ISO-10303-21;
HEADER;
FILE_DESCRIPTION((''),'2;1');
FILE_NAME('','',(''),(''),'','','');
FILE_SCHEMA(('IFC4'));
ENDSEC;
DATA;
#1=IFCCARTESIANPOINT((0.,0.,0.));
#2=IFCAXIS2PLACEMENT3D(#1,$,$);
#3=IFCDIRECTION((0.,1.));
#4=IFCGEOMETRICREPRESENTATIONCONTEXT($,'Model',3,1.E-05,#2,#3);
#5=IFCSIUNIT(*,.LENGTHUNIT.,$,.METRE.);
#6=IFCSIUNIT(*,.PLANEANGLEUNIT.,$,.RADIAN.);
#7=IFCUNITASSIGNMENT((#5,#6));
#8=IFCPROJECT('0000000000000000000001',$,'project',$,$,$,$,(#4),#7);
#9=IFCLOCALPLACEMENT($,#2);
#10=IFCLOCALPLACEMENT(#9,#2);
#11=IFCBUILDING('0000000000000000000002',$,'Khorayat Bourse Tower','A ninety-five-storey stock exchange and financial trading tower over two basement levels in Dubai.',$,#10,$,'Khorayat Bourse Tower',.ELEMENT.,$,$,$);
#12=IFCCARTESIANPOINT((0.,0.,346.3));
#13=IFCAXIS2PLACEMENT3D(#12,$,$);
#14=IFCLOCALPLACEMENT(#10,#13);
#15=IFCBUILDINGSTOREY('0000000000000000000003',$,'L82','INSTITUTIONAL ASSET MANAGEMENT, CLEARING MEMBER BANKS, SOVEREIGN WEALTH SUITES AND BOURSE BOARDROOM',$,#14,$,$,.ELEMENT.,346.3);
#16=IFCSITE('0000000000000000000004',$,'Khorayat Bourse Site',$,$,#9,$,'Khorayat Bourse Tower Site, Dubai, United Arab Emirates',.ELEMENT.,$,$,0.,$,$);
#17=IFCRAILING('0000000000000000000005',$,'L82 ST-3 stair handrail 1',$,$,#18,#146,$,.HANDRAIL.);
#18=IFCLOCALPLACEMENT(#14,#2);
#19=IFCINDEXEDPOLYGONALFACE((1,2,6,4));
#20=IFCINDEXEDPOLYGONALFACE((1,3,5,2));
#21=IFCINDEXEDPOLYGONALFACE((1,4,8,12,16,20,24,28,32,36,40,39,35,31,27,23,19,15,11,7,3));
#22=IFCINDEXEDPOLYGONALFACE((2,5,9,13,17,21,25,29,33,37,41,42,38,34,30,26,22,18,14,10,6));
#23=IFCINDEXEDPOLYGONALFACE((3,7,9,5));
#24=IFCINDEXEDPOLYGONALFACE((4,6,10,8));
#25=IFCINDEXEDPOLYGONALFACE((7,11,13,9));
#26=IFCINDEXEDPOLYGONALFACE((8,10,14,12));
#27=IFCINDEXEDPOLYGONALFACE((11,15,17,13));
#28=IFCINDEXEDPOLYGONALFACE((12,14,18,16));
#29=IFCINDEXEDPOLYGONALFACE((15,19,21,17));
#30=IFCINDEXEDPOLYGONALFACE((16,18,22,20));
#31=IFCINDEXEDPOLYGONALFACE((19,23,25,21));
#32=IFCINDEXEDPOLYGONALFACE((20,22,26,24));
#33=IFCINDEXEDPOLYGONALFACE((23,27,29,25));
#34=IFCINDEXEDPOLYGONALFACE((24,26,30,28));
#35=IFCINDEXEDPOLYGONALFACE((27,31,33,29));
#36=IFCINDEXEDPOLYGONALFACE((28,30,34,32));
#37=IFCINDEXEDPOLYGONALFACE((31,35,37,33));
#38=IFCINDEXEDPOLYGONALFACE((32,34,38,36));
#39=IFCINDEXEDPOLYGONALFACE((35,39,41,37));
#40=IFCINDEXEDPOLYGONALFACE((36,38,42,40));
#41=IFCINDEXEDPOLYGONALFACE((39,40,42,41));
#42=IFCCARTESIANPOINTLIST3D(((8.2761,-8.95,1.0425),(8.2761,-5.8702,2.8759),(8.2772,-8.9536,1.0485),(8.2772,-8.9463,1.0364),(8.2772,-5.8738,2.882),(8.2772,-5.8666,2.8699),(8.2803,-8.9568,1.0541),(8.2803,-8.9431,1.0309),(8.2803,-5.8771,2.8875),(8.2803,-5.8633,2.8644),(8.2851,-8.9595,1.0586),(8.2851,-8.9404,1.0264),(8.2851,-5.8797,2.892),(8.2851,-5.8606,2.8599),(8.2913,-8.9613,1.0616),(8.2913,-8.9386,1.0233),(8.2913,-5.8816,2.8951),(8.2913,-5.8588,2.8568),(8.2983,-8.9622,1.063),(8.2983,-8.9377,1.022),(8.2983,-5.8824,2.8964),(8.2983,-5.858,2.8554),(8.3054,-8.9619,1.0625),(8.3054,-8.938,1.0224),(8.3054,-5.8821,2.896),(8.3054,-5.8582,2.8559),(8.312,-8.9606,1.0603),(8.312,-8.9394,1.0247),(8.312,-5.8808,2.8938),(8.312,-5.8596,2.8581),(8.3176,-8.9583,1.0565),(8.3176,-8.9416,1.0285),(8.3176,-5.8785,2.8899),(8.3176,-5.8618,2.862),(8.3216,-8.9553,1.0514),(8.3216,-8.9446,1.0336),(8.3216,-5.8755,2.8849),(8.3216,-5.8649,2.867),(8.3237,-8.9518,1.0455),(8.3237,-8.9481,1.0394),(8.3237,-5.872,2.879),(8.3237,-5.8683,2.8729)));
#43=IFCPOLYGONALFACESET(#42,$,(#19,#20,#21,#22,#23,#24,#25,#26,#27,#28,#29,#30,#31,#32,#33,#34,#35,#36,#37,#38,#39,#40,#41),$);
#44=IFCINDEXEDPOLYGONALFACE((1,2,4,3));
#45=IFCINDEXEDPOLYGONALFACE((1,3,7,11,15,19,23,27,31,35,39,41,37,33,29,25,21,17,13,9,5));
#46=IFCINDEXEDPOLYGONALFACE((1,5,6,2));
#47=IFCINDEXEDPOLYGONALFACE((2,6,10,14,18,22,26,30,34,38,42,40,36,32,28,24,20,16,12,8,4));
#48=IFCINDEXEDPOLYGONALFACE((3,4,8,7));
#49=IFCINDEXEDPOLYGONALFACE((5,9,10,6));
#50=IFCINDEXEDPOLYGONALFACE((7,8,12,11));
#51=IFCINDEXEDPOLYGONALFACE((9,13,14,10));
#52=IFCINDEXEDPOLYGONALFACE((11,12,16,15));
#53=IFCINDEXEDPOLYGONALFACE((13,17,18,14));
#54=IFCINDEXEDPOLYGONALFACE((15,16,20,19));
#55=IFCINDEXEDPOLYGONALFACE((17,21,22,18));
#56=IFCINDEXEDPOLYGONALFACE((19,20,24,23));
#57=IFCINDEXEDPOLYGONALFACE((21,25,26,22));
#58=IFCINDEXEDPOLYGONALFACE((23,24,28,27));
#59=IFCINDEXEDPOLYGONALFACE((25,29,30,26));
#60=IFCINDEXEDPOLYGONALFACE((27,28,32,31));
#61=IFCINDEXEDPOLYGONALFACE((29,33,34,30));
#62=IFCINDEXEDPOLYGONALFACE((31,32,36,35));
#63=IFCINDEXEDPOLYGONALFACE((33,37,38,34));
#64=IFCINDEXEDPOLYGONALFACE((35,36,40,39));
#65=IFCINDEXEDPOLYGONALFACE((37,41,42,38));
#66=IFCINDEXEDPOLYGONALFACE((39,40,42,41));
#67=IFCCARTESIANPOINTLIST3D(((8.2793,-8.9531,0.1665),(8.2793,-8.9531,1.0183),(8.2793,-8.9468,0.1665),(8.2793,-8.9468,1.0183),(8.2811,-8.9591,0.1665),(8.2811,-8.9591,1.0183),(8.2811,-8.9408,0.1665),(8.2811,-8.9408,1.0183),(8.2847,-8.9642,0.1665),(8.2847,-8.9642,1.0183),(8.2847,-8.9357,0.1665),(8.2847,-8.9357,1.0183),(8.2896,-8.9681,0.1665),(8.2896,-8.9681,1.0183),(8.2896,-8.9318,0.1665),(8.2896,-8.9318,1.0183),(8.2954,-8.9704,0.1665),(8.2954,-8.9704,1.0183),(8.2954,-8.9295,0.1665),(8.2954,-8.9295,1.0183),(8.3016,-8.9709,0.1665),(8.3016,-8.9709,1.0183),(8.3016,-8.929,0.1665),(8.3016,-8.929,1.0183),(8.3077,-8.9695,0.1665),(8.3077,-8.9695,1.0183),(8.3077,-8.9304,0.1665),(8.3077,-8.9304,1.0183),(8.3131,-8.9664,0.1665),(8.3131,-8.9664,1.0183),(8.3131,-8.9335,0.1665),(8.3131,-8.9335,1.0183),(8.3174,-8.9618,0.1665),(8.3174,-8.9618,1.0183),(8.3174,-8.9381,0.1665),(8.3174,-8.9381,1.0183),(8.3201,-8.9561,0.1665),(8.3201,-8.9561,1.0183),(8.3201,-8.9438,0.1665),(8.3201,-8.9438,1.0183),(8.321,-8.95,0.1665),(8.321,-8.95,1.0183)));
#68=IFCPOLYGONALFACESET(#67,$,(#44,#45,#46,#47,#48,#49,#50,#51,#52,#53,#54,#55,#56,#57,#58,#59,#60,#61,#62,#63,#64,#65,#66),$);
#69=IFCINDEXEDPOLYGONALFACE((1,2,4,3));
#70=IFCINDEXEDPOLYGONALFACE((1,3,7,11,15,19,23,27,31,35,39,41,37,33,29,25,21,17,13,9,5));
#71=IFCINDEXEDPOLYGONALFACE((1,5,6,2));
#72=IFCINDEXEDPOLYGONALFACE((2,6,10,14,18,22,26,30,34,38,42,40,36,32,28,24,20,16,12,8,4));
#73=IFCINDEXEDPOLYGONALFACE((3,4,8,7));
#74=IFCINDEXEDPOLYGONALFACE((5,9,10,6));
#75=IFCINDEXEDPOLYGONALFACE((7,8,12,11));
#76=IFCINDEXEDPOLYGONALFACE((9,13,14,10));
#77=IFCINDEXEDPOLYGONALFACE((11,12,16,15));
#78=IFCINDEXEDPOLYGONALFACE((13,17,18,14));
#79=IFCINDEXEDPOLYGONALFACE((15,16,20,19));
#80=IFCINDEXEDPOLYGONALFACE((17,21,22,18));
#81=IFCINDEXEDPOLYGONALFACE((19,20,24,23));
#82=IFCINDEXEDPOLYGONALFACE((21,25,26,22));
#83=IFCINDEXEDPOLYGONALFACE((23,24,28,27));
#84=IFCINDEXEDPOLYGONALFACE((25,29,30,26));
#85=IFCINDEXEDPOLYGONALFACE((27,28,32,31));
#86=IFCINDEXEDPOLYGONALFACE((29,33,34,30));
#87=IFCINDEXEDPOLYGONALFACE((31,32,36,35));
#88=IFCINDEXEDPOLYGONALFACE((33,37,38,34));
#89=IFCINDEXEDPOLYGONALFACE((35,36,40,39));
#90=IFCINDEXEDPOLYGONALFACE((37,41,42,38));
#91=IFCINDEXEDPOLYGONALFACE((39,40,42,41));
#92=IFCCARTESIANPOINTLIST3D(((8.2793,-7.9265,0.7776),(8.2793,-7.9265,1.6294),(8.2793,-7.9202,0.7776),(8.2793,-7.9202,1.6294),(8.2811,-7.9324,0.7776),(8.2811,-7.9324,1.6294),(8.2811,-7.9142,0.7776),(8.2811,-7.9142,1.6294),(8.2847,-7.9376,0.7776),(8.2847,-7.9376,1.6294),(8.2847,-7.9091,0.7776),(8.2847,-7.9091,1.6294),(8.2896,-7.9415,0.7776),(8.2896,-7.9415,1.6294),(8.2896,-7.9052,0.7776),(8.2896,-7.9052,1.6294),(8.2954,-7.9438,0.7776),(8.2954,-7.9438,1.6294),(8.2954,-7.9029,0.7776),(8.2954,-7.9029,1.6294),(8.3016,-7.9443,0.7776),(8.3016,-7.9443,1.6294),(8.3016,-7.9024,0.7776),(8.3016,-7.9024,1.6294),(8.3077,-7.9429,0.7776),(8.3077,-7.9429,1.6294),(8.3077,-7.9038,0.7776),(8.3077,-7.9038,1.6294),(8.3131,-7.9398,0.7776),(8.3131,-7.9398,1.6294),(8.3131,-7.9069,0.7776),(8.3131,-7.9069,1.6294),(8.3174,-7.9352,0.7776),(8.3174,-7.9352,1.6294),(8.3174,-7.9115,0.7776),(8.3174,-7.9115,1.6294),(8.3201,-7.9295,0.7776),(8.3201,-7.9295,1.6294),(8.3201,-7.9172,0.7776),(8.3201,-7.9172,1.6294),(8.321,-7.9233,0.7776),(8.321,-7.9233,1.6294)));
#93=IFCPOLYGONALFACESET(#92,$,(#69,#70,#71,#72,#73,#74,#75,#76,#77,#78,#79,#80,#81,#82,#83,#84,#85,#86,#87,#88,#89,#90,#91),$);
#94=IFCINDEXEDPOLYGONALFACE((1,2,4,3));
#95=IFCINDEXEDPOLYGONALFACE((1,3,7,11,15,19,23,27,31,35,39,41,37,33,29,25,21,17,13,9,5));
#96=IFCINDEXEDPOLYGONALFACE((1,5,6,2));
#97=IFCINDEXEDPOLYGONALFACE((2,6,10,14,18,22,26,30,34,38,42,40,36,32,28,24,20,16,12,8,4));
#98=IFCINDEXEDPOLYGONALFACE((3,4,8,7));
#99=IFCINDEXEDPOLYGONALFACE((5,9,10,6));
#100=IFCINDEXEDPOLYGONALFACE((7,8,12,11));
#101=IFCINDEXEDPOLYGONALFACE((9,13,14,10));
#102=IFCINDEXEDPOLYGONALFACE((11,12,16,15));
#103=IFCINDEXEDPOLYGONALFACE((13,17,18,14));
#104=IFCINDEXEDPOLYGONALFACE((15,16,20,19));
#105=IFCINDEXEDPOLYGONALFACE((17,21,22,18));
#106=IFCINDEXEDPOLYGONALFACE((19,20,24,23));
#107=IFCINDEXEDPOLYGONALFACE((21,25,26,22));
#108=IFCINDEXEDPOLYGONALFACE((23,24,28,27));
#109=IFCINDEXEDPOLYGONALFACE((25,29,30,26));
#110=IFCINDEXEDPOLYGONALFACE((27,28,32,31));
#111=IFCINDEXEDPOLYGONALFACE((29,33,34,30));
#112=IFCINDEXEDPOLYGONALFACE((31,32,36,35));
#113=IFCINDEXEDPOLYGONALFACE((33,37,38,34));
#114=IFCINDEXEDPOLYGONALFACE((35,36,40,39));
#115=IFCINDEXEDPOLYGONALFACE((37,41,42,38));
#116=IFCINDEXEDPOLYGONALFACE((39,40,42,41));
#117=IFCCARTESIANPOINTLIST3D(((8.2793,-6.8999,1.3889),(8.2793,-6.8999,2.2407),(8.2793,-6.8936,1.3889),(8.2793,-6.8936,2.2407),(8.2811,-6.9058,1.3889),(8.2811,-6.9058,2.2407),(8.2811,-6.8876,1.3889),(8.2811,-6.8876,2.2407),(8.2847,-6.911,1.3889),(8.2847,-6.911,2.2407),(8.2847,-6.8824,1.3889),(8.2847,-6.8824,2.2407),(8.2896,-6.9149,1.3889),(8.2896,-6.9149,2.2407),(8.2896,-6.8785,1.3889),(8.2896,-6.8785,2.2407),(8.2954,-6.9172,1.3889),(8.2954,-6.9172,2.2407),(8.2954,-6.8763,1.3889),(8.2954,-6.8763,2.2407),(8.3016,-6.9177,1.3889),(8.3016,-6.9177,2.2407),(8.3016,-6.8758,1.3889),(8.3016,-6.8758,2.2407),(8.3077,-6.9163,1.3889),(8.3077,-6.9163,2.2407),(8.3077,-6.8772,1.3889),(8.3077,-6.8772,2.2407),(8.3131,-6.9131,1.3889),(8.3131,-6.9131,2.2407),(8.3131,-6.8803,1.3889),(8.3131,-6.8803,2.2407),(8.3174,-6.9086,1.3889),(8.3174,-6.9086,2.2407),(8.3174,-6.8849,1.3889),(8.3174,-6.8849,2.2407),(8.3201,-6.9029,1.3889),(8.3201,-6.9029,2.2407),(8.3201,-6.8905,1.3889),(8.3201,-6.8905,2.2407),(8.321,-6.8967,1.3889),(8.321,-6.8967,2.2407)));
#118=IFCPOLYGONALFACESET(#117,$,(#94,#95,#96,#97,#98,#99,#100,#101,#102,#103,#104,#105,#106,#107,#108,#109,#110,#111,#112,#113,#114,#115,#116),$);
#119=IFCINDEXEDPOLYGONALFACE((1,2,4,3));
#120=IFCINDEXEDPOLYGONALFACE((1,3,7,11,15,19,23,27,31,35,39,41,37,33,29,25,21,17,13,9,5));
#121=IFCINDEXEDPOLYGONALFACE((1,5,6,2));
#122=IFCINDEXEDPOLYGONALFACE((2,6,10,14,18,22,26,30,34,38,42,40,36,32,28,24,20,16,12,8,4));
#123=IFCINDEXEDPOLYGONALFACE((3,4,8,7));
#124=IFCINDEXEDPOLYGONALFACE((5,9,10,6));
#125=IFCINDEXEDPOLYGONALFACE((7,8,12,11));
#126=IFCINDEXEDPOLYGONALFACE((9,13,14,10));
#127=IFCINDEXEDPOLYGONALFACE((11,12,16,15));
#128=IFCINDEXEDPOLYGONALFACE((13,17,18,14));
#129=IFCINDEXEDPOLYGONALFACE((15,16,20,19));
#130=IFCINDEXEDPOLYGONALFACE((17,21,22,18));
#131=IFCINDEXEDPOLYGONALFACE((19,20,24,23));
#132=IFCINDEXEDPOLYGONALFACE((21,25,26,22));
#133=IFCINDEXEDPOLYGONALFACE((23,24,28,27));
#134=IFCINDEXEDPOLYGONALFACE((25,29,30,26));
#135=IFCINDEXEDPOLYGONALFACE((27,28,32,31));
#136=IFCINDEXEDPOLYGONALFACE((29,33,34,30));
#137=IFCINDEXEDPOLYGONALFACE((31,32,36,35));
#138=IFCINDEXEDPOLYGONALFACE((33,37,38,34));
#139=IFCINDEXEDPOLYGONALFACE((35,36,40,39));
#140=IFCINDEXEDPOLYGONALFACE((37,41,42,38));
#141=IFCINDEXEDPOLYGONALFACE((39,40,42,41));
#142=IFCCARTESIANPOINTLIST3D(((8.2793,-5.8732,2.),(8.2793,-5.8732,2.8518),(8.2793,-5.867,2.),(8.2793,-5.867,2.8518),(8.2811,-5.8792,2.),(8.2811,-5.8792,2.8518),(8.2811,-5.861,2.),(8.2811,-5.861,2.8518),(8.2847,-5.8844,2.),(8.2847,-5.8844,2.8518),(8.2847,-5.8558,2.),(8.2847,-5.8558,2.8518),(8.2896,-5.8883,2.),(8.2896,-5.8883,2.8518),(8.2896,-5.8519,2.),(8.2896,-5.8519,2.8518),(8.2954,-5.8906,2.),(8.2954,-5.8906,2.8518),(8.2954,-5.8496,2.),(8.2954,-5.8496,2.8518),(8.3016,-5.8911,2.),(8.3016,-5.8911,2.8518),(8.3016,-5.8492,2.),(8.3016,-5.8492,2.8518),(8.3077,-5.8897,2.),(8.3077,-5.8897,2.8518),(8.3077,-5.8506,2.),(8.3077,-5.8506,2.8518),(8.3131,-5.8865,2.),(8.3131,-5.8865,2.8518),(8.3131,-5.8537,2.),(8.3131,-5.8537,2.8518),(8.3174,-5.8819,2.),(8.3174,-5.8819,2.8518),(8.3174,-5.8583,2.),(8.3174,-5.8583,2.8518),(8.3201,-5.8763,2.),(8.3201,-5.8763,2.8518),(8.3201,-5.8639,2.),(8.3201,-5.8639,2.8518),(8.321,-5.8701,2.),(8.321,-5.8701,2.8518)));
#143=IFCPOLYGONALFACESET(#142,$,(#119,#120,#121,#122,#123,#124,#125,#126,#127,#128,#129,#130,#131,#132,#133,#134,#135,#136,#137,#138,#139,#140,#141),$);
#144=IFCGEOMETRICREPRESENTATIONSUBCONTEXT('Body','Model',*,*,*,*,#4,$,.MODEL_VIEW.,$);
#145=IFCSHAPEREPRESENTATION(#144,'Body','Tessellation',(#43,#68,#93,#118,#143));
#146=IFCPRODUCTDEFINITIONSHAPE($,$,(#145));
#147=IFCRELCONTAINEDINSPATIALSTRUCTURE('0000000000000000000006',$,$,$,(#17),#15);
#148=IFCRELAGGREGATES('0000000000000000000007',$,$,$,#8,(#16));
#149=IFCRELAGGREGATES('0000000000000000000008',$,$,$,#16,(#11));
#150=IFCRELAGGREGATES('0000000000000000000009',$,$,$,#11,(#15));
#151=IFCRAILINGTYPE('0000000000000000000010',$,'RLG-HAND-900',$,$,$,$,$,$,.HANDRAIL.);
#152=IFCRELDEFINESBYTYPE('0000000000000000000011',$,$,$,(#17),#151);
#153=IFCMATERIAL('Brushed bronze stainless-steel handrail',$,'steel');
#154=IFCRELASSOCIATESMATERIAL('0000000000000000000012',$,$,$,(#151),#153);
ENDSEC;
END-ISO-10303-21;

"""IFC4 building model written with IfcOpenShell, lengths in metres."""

from ifc_helpers import new_model, si_unit, direction, frame, origin, origin_2d, place, context, subcontext, project, spatial, circle, extrude, source, transform, mapped, material, type_object, element, save


model = new_model("IFC4")

# Units and contexts
model_context = context("Model", 3, precision=1e-05, world=origin(), true_north=direction((0.0, 1.0)))
body_context = subcontext(model_context, "Body", "Model", "MODEL_VIEW")
ifc_project = project(units=[si_unit("LENGTHUNIT", "METRE"), si_unit("PLANEANGLEUNIT", "RADIAN")], contexts=[model_context])

# Site, building, storey
site_placement = place(None, origin())
site = spatial("IfcSite", under=ifc_project, at=site_placement, Name="Khorayat Bourse Site", LongName="Khorayat Bourse Tower Site, Dubai, United Arab Emirates", CompositionType="ELEMENT", RefElevation=0.0)
building_placement = place(site_placement, origin())
building = spatial("IfcBuilding", under=site, at=building_placement, Name="Khorayat Bourse Tower", Description="A ninety-five-storey stock exchange and financial trading tower over two basement levels in Dubai.", LongName="Khorayat Bourse Tower", CompositionType="ELEMENT")
storey_placement = place(building_placement, frame((0.0, 0.0, 346.3)))
storey = spatial("IfcBuildingStorey", under=building, at=storey_placement, Name="L82", Description="INSTITUTIONAL ASSET MANAGEMENT, CLEARING MEMBER BANKS, SOVEREIGN WEALTH SUITES AND BOURSE BOARDROOM", CompositionType="ELEMENT", Elevation=346.3)

# Railing
ifc_material_1 = material(Name="Brushed bronze stainless-steel handrail", Category="steel")
railing_type_1 = type_object("IfcRailingType", Name="RLG-HAND-900", PredefinedType="HANDRAIL", material=ifc_material_1)
shared_shape_1 = source(origin(), body_context, "Body", "SweptSolid", [
    extrude(circle(Radius=0.0239, at=origin_2d()), frame((0.0, 0.0, 0.876), z_axis=(0.0, 0.859261, 0.511538), x_axis=(-1.0, 0.0, 0.0)), (0.0, 0.0, 1.0), 3.5842),
    extrude(circle(Radius=0.021, at=origin_2d()), origin(), (0.0, 0.0, 1.0), 0.8518),
    extrude(circle(Radius=0.021, at=origin_2d()), frame((0.0, 1.0266, 0.6111)), (0.0, 0.0, 1.0), 0.8518),
    extrude(circle(Radius=0.021, at=origin_2d()), frame((0.0, 2.0532, 1.2224)), (0.0, 0.0, 1.0), 0.8518),
    extrude(circle(Radius=0.021, at=origin_2d()), frame((0.0, 3.0798, 1.8335)), (0.0, 0.0, 1.0), 0.8518),
])
railing_1_placement = place(storey_placement, frame((8.3, -8.95, 0.1665)))
element("IfcRailing", 1, at=railing_1_placement, inside=storey, type_object=railing_type_1, Name="L82 ST-3 stair handrail 1", PredefinedType="HANDRAIL", context=body_context, shape_type="MappedRepresentation", body=[
    mapped(shared_shape_1, transform((0.0, 0.0, 0.0), scale=1.0)),
])

save(model, "model.ifc")
